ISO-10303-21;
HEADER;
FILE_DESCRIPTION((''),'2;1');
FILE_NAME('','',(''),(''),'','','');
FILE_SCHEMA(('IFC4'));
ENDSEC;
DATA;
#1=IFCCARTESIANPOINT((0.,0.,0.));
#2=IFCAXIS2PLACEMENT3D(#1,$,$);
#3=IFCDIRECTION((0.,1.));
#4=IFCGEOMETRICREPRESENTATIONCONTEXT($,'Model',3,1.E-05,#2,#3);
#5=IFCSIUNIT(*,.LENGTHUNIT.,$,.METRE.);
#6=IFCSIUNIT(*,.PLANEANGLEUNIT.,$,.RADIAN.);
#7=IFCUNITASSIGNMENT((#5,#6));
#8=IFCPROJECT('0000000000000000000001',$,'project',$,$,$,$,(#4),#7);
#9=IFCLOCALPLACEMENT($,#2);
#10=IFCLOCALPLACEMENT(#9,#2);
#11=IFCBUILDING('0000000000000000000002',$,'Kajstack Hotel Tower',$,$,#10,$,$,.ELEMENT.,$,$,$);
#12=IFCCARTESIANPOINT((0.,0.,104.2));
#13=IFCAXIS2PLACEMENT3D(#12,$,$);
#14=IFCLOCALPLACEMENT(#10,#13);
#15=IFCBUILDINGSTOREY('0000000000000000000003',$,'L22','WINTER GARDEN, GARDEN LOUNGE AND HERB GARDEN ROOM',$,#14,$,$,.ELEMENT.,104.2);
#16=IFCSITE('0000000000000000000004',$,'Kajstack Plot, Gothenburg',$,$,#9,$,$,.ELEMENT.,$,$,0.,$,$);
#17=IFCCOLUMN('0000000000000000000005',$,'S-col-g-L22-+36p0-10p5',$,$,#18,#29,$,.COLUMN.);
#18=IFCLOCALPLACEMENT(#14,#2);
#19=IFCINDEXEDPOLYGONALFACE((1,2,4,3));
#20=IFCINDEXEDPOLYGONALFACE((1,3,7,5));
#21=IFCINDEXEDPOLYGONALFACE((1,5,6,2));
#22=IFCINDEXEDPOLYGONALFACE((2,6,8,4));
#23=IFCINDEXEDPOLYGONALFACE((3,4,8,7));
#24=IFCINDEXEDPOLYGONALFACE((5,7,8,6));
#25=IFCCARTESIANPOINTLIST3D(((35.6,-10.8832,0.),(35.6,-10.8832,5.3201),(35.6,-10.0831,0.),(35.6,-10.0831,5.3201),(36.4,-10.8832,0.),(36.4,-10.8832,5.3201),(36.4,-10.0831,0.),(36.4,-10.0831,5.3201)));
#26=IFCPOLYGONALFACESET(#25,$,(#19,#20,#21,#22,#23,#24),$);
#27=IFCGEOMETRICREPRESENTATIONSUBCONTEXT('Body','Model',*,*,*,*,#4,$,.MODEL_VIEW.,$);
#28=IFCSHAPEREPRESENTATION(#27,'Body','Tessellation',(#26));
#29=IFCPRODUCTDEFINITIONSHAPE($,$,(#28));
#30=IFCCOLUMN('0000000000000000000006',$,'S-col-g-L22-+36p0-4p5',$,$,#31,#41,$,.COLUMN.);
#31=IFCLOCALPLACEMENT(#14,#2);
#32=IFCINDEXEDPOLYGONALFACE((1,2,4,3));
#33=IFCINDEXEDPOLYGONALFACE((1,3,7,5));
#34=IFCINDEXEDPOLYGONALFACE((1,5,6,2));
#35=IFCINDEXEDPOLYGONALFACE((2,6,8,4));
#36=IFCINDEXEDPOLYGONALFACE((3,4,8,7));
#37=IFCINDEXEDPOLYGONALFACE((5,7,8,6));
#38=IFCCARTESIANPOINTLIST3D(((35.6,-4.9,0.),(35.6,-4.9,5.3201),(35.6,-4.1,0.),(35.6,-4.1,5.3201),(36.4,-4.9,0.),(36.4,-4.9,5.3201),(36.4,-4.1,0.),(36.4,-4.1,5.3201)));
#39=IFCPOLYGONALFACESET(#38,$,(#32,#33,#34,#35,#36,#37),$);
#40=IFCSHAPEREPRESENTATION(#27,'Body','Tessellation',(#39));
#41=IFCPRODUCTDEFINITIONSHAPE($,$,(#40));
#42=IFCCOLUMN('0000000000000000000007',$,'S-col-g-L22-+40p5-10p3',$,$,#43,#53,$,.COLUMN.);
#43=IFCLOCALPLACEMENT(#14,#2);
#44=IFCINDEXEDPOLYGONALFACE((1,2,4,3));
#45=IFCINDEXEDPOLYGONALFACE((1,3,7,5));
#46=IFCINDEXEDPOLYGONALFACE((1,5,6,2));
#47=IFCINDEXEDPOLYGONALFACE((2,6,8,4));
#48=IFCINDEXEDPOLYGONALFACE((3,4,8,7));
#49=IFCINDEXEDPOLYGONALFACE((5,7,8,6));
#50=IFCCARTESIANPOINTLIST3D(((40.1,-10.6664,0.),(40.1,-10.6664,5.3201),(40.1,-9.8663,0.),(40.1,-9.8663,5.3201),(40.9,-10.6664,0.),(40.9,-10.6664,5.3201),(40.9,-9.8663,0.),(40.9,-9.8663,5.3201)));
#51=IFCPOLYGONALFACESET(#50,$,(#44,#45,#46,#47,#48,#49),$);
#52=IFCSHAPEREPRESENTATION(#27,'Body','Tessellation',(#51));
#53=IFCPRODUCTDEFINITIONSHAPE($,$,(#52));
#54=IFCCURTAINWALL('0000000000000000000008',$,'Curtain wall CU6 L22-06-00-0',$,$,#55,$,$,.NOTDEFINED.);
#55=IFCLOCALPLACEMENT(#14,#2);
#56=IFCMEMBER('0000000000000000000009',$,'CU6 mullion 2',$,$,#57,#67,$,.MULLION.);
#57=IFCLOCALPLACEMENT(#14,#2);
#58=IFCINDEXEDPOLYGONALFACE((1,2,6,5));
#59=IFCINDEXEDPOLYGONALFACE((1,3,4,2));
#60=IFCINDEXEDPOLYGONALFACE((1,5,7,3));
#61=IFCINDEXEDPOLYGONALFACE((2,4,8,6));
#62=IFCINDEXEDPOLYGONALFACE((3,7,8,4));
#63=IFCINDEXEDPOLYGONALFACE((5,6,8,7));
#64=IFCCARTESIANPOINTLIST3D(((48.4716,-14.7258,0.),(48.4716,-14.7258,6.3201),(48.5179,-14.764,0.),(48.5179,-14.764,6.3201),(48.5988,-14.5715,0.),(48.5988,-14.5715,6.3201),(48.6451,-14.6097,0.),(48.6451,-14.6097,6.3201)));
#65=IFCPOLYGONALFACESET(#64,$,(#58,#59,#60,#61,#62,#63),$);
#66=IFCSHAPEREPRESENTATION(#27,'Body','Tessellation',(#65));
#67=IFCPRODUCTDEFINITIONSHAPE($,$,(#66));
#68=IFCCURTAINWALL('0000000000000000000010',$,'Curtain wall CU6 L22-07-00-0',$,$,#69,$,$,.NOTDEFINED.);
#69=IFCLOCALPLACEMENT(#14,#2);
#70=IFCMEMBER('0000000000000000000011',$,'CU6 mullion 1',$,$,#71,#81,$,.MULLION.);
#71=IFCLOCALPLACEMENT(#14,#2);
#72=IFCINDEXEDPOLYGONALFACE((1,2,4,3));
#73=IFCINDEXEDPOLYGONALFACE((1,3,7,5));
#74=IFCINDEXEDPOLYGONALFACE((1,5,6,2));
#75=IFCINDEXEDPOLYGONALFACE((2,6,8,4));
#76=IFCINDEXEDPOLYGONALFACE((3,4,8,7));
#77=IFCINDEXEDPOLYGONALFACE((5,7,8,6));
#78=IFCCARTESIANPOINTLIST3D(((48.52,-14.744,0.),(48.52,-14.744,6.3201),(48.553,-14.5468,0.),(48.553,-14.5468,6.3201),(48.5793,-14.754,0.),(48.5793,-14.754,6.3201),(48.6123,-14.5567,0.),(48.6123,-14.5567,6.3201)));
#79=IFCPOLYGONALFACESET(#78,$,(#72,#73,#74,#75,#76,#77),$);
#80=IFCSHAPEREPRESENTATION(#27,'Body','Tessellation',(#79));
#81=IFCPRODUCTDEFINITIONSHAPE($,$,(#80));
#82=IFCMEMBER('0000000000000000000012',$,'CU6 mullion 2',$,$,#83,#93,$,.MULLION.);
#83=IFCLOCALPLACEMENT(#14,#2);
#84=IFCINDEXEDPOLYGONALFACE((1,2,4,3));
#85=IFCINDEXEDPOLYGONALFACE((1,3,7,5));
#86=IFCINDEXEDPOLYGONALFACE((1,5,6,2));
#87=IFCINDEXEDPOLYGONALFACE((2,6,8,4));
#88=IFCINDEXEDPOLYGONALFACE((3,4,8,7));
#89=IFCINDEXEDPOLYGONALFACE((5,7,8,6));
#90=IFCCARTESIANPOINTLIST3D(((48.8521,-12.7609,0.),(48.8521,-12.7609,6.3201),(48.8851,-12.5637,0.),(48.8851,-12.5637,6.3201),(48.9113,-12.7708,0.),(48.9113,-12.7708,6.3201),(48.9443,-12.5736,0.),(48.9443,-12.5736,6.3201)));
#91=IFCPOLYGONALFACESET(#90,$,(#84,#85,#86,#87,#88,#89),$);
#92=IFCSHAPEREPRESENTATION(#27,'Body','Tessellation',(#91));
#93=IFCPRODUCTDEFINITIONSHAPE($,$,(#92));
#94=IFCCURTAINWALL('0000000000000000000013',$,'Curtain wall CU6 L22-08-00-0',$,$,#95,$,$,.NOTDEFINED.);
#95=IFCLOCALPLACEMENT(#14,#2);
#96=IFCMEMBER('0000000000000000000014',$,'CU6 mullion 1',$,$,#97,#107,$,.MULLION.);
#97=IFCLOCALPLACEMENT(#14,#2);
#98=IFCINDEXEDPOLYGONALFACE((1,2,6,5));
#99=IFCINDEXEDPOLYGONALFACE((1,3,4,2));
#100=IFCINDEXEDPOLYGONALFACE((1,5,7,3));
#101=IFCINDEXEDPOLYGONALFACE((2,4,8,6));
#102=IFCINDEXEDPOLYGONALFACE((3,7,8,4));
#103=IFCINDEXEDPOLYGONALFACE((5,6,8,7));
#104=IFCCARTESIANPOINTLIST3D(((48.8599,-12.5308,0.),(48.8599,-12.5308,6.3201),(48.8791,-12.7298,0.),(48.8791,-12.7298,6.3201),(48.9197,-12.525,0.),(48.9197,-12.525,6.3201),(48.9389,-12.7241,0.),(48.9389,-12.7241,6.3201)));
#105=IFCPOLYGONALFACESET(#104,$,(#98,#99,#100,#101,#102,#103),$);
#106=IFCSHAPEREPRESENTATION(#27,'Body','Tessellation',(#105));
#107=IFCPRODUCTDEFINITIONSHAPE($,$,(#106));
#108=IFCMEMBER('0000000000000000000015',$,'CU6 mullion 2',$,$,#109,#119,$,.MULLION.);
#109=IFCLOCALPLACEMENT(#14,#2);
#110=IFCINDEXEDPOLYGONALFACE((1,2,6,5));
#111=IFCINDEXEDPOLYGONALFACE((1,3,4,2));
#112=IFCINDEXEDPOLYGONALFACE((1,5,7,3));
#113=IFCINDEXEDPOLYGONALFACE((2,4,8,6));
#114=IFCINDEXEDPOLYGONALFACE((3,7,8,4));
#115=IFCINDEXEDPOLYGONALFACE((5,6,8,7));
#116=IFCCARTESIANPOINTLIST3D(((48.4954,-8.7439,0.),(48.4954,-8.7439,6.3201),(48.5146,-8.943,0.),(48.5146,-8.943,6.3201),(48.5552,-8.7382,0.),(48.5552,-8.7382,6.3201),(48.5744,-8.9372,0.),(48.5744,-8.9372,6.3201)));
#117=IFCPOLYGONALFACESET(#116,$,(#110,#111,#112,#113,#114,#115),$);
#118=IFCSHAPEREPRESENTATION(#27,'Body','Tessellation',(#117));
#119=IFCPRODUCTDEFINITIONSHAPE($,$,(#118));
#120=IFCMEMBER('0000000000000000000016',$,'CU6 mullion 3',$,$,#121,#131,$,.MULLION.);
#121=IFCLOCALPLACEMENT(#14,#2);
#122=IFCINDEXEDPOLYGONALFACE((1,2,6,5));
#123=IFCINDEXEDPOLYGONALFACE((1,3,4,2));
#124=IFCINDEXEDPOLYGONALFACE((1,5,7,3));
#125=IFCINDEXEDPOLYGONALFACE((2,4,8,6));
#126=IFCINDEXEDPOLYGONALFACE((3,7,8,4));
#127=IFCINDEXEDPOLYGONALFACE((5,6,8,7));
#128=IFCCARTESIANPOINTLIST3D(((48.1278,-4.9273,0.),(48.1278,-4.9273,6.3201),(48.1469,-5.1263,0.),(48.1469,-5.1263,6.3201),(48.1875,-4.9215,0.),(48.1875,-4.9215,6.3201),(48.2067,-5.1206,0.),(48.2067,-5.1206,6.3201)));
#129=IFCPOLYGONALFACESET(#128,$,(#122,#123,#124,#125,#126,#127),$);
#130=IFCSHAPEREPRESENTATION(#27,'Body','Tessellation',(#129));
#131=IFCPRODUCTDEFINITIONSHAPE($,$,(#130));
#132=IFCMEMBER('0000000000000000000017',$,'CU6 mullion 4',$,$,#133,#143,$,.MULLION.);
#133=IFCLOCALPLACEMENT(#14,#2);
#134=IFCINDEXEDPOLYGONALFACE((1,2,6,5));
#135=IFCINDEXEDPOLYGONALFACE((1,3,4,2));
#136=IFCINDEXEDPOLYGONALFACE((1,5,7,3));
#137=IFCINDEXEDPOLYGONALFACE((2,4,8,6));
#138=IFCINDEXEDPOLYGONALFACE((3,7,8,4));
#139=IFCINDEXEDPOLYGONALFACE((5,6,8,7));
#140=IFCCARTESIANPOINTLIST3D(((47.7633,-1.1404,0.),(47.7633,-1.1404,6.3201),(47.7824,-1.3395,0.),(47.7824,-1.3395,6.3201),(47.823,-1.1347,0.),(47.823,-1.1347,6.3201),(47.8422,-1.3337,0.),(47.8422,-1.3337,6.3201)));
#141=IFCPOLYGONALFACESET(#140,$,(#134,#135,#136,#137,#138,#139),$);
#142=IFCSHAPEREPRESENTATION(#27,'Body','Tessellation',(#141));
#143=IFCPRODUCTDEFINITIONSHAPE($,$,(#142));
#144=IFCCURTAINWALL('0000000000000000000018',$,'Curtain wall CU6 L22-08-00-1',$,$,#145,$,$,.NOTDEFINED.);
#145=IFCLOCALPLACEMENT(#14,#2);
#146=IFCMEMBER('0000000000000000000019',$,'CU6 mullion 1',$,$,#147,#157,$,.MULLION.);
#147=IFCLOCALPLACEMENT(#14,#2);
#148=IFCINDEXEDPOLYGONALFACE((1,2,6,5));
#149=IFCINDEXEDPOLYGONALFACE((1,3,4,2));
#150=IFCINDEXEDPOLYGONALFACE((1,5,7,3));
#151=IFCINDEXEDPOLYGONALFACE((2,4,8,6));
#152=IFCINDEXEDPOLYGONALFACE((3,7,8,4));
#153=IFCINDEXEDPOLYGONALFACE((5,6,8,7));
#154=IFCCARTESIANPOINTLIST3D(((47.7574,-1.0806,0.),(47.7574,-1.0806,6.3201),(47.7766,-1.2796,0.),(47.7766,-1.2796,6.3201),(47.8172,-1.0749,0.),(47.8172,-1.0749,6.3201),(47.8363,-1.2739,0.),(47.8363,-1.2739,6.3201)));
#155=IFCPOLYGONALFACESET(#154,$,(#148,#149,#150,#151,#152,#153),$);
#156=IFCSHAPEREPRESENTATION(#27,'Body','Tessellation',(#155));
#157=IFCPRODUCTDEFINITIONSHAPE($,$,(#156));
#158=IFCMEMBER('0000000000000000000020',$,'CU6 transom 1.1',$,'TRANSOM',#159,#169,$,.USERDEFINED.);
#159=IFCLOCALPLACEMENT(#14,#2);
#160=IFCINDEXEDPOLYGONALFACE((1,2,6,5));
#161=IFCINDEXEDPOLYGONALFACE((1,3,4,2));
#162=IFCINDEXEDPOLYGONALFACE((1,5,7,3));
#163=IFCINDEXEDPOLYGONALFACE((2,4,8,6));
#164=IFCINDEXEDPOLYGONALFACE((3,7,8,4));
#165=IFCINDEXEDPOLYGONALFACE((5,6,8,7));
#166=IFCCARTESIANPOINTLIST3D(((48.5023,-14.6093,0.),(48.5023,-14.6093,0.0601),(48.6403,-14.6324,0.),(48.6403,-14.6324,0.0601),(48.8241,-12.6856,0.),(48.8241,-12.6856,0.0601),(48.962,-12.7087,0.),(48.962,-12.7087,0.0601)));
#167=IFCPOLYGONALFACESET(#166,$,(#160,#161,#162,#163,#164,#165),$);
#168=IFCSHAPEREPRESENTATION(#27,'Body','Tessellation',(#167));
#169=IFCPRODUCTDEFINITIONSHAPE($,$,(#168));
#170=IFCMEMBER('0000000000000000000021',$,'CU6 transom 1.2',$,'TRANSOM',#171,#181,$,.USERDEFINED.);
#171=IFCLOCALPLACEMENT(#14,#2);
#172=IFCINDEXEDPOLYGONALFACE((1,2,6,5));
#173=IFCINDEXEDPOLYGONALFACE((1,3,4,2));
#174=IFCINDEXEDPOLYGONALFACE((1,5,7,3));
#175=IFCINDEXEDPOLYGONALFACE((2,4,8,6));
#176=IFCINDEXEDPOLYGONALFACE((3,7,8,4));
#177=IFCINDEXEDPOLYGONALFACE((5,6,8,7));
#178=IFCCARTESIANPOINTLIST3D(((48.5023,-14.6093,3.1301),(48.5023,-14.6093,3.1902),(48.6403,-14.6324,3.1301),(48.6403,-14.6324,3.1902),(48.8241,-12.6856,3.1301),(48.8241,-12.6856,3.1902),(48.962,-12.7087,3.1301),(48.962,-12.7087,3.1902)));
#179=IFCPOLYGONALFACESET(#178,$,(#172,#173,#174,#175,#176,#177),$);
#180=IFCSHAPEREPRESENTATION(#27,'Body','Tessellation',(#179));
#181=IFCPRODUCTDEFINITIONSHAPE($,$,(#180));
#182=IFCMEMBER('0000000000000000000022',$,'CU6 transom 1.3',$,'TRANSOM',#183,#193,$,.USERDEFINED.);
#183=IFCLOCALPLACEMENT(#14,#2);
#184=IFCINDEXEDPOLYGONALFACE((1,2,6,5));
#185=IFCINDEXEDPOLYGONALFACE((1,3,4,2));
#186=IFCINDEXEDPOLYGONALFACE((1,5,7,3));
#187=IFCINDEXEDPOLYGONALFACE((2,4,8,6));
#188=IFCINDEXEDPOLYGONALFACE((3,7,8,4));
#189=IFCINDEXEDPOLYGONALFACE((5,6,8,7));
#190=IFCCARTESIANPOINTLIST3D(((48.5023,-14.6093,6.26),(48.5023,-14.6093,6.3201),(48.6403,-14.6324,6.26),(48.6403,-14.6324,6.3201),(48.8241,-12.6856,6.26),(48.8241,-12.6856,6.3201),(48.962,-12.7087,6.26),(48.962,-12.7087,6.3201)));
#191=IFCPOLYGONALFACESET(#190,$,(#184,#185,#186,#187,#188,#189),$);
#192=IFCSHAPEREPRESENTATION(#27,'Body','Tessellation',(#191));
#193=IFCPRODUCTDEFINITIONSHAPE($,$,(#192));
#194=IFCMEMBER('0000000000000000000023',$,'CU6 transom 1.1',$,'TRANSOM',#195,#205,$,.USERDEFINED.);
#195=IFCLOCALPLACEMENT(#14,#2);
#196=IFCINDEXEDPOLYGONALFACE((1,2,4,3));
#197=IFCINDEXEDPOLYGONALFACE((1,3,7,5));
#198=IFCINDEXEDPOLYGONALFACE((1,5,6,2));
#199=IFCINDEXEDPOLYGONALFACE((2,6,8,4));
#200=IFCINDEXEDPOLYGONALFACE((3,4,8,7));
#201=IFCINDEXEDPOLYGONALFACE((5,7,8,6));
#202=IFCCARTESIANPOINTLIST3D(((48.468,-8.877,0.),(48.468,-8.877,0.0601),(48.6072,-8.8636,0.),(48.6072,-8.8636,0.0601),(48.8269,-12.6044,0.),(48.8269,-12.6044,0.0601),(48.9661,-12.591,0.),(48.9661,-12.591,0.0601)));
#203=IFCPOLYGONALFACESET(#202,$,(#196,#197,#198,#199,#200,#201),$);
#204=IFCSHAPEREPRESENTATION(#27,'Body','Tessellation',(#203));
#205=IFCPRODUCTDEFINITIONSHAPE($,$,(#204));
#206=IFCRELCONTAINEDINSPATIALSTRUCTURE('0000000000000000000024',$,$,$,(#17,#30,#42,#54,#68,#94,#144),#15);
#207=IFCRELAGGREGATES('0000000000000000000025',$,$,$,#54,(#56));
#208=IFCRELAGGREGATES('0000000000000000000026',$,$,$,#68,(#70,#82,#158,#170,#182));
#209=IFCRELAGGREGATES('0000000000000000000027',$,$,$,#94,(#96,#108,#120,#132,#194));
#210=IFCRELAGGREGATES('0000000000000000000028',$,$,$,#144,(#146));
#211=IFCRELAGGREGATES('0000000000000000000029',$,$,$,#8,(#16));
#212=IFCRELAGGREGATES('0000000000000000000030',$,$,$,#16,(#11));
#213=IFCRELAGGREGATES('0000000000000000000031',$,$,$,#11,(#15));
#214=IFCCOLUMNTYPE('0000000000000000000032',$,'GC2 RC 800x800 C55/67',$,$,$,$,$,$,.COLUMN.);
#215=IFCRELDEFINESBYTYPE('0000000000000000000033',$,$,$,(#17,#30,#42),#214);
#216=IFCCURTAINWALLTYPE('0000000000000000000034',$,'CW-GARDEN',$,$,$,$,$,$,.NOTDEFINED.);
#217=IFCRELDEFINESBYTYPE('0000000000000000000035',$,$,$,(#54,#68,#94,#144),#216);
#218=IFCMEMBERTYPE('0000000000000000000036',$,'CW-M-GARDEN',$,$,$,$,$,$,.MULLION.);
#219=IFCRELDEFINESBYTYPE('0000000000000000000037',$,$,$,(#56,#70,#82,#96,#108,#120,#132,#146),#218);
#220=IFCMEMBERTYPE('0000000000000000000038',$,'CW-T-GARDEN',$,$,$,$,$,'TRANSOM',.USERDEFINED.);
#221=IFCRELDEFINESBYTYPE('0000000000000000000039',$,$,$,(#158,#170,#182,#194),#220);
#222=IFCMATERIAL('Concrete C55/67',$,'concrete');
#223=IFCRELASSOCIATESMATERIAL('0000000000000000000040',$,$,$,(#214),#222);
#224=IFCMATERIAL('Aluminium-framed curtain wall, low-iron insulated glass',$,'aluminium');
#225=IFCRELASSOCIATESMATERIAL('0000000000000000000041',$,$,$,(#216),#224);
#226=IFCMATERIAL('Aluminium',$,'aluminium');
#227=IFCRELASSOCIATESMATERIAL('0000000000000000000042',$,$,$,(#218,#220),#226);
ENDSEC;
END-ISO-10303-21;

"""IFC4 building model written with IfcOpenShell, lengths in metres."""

from ifc_helpers import new_model, si_unit, direction, frame, origin, origin_2d, place, context, subcontext, project, spatial, rectangle, extrude, material, material_profile, profile_set, type_object, element, aggregate, save


model = new_model("IFC4")

# Units and contexts
model_context = context("Model", 3, precision=1e-05, world=origin(), true_north=direction((0.0, 1.0)))
body_context = subcontext(model_context, "Body", "Model", "MODEL_VIEW")
ifc_project = project(units=[si_unit("LENGTHUNIT", "METRE"), si_unit("PLANEANGLEUNIT", "RADIAN")], contexts=[model_context])

# Site, building, storey
site_placement = place(None, origin())
site = spatial("IfcSite", under=ifc_project, at=site_placement, Name="Kajstack Plot, Gothenburg", CompositionType="ELEMENT", RefElevation=0.0)
building_placement = place(site_placement, origin())
building = spatial("IfcBuilding", under=site, at=building_placement, Name="Kajstack Hotel Tower", CompositionType="ELEMENT")
storey_placement = place(building_placement, frame((0.0, 0.0, 104.2)))
storey = spatial("IfcBuildingStorey", under=building, at=storey_placement, Name="L22", Description="WINTER GARDEN, GARDEN LOUNGE AND HERB GARDEN ROOM", CompositionType="ELEMENT", Elevation=104.2)

# Columns
ifc_material_1 = material(Name="Concrete C55/67", Category="concrete")
ifc_material_profile_1 = material_profile(ifc_material_1, rectangle(XDim=0.8, YDim=0.8, at=origin_2d()), Name="RC 800x800")
ifc_profile_set_1 = profile_set([ifc_material_profile_1], Name="Concrete C55/67")
column_type = type_object("IfcColumnType", Name="GC2 RC 800x800 C55/67", PredefinedType="COLUMN", material=ifc_profile_set_1)
for number, where, z_axis, x_axis, name in (
    (1, (36.0, -10.4832, 0.0), (0.0, 0.0, 1.0), (1.0, 0.0, 0.0), "S-col-g-L22-+36p0-10p5"),
    (2, (36.0, -4.5, 0.0), (0.0, 0.0, 1.0), (1.0, 0.0, 0.0), "S-col-g-L22-+36p0-4p5"),
    (3, (40.5, -10.2664, 0.0), (0.0, 0.0, 1.0), (1.0, 0.0, 0.0), "S-col-g-L22-+40p5-10p3"),
):
    element("IfcColumn", number, at=place(storey_placement, frame(where, z_axis=z_axis, x_axis=x_axis)), inside=storey, type_object=column_type, Name=name, PredefinedType="COLUMN", context=body_context, shape_type="SweptSolid", body=[
        extrude(rectangle(XDim=0.8, YDim=0.8, at=origin_2d()), origin(), (0.0, 0.0, 1.0), 5.3201),
    ])

# Curtain wall, member
ifc_material_2 = material(Name="Aluminium-framed curtain wall, low-iron insulated glass", Category="aluminium")
curtain_wall_type = type_object("IfcCurtainWallType", Name="CW-GARDEN", PredefinedType="NOTDEFINED", material=ifc_material_2)
curtain_wall_1_placement = place(storey_placement, origin())
curtain_wall_1 = element("IfcCurtainWall", 4, at=curtain_wall_1_placement, inside=storey, type_object=curtain_wall_type, Name="Curtain wall CU6 L22-06-00-0", PredefinedType="NOTDEFINED")
ifc_material_3 = material(Name="Aluminium", Category="aluminium")
ifc_material_profile_2 = material_profile(ifc_material_3, rectangle(XDim=0.0601, YDim=0.2, at=origin_2d()), Name="Aluminium mullion 60 x 200")
ifc_profile_set_2 = profile_set([ifc_material_profile_2], Name="Aluminium")
member_type_1 = type_object("IfcMemberType", Name="CW-M-GARDEN", PredefinedType="MULLION", material=ifc_profile_set_2)
member_1_placement = place(storey_placement, frame((48.5583, -14.6677, 0.0), z_axis=(0.0, 0.0, 1.0), x_axis=(-0.771635, 0.636066, 0.0)))
member_1 = element("IfcMember", 5, at=member_1_placement, type_object=member_type_1, Name="CU6 mullion 2", PredefinedType="MULLION", context=body_context, shape_type="SweptSolid", body=[
    extrude(rectangle(XDim=0.0601, YDim=0.2, at=origin_2d()), origin(), (0.0, 0.0, 1.0), 6.3201),
])
aggregate(curtain_wall_1, [member_1])

# Curtain walls, members
curtain_wall_2_placement = place(storey_placement, origin())
curtain_wall_2 = element("IfcCurtainWall", 6, at=curtain_wall_2_placement, inside=storey, type_object=curtain_wall_type, Name="Curtain wall CU6 L22-07-00-0", PredefinedType="NOTDEFINED")
member_2_placement = place(storey_placement, frame((48.5662, -14.6504, 0.0), z_axis=(0.0, 0.0, 1.0), x_axis=(-0.986289, 0.165025, 0.0)))
member_2 = element("IfcMember", 7, at=member_2_placement, type_object=member_type_1, Name="CU6 mullion 1", PredefinedType="MULLION", context=body_context, shape_type="SweptSolid", body=[
    extrude(rectangle(XDim=0.0601, YDim=0.2, at=origin_2d()), origin(), (0.0, 0.0, 1.0), 6.3201),
])
member_3_placement = place(storey_placement, frame((48.8982, -12.6672, 0.0), z_axis=(0.0, 0.0, 1.0), x_axis=(-0.986289, 0.165025, 0.0)))
member_3 = element("IfcMember", 8, at=member_3_placement, type_object=member_type_1, Name="CU6 mullion 2", PredefinedType="MULLION", context=body_context, shape_type="SweptSolid", body=[
    extrude(rectangle(XDim=0.0601, YDim=0.2, at=origin_2d()), origin(), (0.0, 0.0, 1.0), 6.3201),
])
curtain_wall_3_placement = place(storey_placement, origin())
curtain_wall_3 = element("IfcCurtainWall", 9, at=curtain_wall_3_placement, inside=storey, type_object=curtain_wall_type, Name="Curtain wall CU6 L22-08-00-0", PredefinedType="NOTDEFINED")
member_4_placement = place(storey_placement, frame((48.8994, -12.6274, 0.0), z_axis=(0.0, 0.0, 1.0), x_axis=(-0.995396, -0.095846, 0.0)))
member_4 = element("IfcMember", 10, at=member_4_placement, type_object=member_type_1, Name="CU6 mullion 1", PredefinedType="MULLION", context=body_context, shape_type="SweptSolid", body=[
    extrude(rectangle(XDim=0.0601, YDim=0.2, at=origin_2d()), origin(), (0.0, 0.0, 1.0), 6.3201),
])
member_5_placement = place(storey_placement, frame((48.5349, -8.8406, 0.0), z_axis=(0.0, 0.0, 1.0), x_axis=(-0.995396, -0.095846, 0.0)))
member_5 = element("IfcMember", 11, at=member_5_placement, type_object=member_type_1, Name="CU6 mullion 2", PredefinedType="MULLION", context=body_context, shape_type="SweptSolid", body=[
    extrude(rectangle(XDim=0.0601, YDim=0.2, at=origin_2d()), origin(), (0.0, 0.0, 1.0), 6.3201),
])
member_6_placement = place(storey_placement, frame((48.1672, -5.0239, 0.0), z_axis=(0.0, 0.0, 1.0), x_axis=(-0.995396, -0.095846, 0.0)))
member_6 = element("IfcMember", 12, at=member_6_placement, type_object=member_type_1, Name="CU6 mullion 3", PredefinedType="MULLION", context=body_context, shape_type="SweptSolid", body=[
    extrude(rectangle(XDim=0.0601, YDim=0.2, at=origin_2d()), origin(), (0.0, 0.0, 1.0), 6.3201),
])
member_7_placement = place(storey_placement, frame((47.8027, -1.2371, 0.0), z_axis=(0.0, 0.0, 1.0), x_axis=(-0.995396, -0.095846, 0.0)))
member_7 = element("IfcMember", 13, at=member_7_placement, type_object=member_type_1, Name="CU6 mullion 4", PredefinedType="MULLION", context=body_context, shape_type="SweptSolid", body=[
    extrude(rectangle(XDim=0.0601, YDim=0.2, at=origin_2d()), origin(), (0.0, 0.0, 1.0), 6.3201),
])

# Curtain wall, member
curtain_wall_4_placement = place(storey_placement, origin())
curtain_wall_4 = element("IfcCurtainWall", 14, at=curtain_wall_4_placement, inside=storey, type_object=curtain_wall_type, Name="Curtain wall CU6 L22-08-00-1", PredefinedType="NOTDEFINED")
member_8_placement = place(storey_placement, frame((47.7969, -1.1772, 0.0), z_axis=(0.0, 0.0, 1.0), x_axis=(-0.995396, -0.095846, 0.0)))
member_8 = element("IfcMember", 15, at=member_8_placement, type_object=member_type_1, Name="CU6 mullion 1", PredefinedType="MULLION", context=body_context, shape_type="SweptSolid", body=[
    extrude(rectangle(XDim=0.0601, YDim=0.2, at=origin_2d()), origin(), (0.0, 0.0, 1.0), 6.3201),
])

# Members
ifc_material_profile_3 = material_profile(ifc_material_3, rectangle(XDim=0.1399, YDim=0.0601, at=origin_2d()), Name="Aluminium transom 140 x 60")
ifc_profile_set_3 = profile_set([ifc_material_profile_3], Name="Aluminium")
member_type_2 = type_object("IfcMemberType", Name="CW-T-GARDEN", ElementType="TRANSOM", PredefinedType="USERDEFINED", material=ifc_profile_set_3)
member_9_placement = place(storey_placement, frame((48.5713, -14.6208, 0.03), z_axis=(0.164967, 0.986299, 0.0), x_axis=(-0.986299, 0.164967, 0.0)))
member_9 = element("IfcMember", 16, at=member_9_placement, type_object=member_type_2, Name="CU6 transom 1.1", ObjectType="TRANSOM", PredefinedType="USERDEFINED", context=body_context, shape_type="SweptSolid", body=[
    extrude(rectangle(XDim=0.1399, YDim=0.0601, at=origin_2d()), origin(), (0.0, 0.0, 1.0), 1.9504),
])
member_10_placement = place(storey_placement, frame((48.5713, -14.6208, 3.1602), z_axis=(0.164967, 0.986299, 0.0), x_axis=(-0.986299, 0.164967, 0.0)))
member_10 = element("IfcMember", 17, at=member_10_placement, type_object=member_type_2, Name="CU6 transom 1.2", ObjectType="TRANSOM", PredefinedType="USERDEFINED", context=body_context, shape_type="SweptSolid", body=[
    extrude(rectangle(XDim=0.1399, YDim=0.0601, at=origin_2d()), origin(), (0.0, 0.0, 1.0), 1.9504),
])
member_11_placement = place(storey_placement, frame((48.5713, -14.6208, 6.29), z_axis=(0.164967, 0.986299, 0.0), x_axis=(-0.986299, 0.164967, 0.0)))
member_11 = element("IfcMember", 18, at=member_11_placement, type_object=member_type_2, Name="CU6 transom 1.3", ObjectType="TRANSOM", PredefinedType="USERDEFINED", context=body_context, shape_type="SweptSolid", body=[
    extrude(rectangle(XDim=0.1399, YDim=0.0601, at=origin_2d()), origin(), (0.0, 0.0, 1.0), 1.9504),
])
member_12_placement = place(storey_placement, frame((48.8965, -12.5977, 0.03), z_axis=(-0.095843, 0.995396, 0.0), x_axis=(-0.995396, -0.095843, 0.0)))
member_12 = element("IfcMember", 19, at=member_12_placement, type_object=member_type_2, Name="CU6 transom 1.1", ObjectType="TRANSOM", PredefinedType="USERDEFINED", context=body_context, shape_type="SweptSolid", body=[
    extrude(rectangle(XDim=0.1399, YDim=0.0601, at=origin_2d()), origin(), (0.0, 0.0, 1.0), 3.7446),
])

aggregate(curtain_wall_2, [member_2, member_3, member_9, member_10, member_11])
aggregate(curtain_wall_3, [member_4, member_5, member_6, member_7, member_12])
aggregate(curtain_wall_4, [member_8])

save(model, "model.ifc")
